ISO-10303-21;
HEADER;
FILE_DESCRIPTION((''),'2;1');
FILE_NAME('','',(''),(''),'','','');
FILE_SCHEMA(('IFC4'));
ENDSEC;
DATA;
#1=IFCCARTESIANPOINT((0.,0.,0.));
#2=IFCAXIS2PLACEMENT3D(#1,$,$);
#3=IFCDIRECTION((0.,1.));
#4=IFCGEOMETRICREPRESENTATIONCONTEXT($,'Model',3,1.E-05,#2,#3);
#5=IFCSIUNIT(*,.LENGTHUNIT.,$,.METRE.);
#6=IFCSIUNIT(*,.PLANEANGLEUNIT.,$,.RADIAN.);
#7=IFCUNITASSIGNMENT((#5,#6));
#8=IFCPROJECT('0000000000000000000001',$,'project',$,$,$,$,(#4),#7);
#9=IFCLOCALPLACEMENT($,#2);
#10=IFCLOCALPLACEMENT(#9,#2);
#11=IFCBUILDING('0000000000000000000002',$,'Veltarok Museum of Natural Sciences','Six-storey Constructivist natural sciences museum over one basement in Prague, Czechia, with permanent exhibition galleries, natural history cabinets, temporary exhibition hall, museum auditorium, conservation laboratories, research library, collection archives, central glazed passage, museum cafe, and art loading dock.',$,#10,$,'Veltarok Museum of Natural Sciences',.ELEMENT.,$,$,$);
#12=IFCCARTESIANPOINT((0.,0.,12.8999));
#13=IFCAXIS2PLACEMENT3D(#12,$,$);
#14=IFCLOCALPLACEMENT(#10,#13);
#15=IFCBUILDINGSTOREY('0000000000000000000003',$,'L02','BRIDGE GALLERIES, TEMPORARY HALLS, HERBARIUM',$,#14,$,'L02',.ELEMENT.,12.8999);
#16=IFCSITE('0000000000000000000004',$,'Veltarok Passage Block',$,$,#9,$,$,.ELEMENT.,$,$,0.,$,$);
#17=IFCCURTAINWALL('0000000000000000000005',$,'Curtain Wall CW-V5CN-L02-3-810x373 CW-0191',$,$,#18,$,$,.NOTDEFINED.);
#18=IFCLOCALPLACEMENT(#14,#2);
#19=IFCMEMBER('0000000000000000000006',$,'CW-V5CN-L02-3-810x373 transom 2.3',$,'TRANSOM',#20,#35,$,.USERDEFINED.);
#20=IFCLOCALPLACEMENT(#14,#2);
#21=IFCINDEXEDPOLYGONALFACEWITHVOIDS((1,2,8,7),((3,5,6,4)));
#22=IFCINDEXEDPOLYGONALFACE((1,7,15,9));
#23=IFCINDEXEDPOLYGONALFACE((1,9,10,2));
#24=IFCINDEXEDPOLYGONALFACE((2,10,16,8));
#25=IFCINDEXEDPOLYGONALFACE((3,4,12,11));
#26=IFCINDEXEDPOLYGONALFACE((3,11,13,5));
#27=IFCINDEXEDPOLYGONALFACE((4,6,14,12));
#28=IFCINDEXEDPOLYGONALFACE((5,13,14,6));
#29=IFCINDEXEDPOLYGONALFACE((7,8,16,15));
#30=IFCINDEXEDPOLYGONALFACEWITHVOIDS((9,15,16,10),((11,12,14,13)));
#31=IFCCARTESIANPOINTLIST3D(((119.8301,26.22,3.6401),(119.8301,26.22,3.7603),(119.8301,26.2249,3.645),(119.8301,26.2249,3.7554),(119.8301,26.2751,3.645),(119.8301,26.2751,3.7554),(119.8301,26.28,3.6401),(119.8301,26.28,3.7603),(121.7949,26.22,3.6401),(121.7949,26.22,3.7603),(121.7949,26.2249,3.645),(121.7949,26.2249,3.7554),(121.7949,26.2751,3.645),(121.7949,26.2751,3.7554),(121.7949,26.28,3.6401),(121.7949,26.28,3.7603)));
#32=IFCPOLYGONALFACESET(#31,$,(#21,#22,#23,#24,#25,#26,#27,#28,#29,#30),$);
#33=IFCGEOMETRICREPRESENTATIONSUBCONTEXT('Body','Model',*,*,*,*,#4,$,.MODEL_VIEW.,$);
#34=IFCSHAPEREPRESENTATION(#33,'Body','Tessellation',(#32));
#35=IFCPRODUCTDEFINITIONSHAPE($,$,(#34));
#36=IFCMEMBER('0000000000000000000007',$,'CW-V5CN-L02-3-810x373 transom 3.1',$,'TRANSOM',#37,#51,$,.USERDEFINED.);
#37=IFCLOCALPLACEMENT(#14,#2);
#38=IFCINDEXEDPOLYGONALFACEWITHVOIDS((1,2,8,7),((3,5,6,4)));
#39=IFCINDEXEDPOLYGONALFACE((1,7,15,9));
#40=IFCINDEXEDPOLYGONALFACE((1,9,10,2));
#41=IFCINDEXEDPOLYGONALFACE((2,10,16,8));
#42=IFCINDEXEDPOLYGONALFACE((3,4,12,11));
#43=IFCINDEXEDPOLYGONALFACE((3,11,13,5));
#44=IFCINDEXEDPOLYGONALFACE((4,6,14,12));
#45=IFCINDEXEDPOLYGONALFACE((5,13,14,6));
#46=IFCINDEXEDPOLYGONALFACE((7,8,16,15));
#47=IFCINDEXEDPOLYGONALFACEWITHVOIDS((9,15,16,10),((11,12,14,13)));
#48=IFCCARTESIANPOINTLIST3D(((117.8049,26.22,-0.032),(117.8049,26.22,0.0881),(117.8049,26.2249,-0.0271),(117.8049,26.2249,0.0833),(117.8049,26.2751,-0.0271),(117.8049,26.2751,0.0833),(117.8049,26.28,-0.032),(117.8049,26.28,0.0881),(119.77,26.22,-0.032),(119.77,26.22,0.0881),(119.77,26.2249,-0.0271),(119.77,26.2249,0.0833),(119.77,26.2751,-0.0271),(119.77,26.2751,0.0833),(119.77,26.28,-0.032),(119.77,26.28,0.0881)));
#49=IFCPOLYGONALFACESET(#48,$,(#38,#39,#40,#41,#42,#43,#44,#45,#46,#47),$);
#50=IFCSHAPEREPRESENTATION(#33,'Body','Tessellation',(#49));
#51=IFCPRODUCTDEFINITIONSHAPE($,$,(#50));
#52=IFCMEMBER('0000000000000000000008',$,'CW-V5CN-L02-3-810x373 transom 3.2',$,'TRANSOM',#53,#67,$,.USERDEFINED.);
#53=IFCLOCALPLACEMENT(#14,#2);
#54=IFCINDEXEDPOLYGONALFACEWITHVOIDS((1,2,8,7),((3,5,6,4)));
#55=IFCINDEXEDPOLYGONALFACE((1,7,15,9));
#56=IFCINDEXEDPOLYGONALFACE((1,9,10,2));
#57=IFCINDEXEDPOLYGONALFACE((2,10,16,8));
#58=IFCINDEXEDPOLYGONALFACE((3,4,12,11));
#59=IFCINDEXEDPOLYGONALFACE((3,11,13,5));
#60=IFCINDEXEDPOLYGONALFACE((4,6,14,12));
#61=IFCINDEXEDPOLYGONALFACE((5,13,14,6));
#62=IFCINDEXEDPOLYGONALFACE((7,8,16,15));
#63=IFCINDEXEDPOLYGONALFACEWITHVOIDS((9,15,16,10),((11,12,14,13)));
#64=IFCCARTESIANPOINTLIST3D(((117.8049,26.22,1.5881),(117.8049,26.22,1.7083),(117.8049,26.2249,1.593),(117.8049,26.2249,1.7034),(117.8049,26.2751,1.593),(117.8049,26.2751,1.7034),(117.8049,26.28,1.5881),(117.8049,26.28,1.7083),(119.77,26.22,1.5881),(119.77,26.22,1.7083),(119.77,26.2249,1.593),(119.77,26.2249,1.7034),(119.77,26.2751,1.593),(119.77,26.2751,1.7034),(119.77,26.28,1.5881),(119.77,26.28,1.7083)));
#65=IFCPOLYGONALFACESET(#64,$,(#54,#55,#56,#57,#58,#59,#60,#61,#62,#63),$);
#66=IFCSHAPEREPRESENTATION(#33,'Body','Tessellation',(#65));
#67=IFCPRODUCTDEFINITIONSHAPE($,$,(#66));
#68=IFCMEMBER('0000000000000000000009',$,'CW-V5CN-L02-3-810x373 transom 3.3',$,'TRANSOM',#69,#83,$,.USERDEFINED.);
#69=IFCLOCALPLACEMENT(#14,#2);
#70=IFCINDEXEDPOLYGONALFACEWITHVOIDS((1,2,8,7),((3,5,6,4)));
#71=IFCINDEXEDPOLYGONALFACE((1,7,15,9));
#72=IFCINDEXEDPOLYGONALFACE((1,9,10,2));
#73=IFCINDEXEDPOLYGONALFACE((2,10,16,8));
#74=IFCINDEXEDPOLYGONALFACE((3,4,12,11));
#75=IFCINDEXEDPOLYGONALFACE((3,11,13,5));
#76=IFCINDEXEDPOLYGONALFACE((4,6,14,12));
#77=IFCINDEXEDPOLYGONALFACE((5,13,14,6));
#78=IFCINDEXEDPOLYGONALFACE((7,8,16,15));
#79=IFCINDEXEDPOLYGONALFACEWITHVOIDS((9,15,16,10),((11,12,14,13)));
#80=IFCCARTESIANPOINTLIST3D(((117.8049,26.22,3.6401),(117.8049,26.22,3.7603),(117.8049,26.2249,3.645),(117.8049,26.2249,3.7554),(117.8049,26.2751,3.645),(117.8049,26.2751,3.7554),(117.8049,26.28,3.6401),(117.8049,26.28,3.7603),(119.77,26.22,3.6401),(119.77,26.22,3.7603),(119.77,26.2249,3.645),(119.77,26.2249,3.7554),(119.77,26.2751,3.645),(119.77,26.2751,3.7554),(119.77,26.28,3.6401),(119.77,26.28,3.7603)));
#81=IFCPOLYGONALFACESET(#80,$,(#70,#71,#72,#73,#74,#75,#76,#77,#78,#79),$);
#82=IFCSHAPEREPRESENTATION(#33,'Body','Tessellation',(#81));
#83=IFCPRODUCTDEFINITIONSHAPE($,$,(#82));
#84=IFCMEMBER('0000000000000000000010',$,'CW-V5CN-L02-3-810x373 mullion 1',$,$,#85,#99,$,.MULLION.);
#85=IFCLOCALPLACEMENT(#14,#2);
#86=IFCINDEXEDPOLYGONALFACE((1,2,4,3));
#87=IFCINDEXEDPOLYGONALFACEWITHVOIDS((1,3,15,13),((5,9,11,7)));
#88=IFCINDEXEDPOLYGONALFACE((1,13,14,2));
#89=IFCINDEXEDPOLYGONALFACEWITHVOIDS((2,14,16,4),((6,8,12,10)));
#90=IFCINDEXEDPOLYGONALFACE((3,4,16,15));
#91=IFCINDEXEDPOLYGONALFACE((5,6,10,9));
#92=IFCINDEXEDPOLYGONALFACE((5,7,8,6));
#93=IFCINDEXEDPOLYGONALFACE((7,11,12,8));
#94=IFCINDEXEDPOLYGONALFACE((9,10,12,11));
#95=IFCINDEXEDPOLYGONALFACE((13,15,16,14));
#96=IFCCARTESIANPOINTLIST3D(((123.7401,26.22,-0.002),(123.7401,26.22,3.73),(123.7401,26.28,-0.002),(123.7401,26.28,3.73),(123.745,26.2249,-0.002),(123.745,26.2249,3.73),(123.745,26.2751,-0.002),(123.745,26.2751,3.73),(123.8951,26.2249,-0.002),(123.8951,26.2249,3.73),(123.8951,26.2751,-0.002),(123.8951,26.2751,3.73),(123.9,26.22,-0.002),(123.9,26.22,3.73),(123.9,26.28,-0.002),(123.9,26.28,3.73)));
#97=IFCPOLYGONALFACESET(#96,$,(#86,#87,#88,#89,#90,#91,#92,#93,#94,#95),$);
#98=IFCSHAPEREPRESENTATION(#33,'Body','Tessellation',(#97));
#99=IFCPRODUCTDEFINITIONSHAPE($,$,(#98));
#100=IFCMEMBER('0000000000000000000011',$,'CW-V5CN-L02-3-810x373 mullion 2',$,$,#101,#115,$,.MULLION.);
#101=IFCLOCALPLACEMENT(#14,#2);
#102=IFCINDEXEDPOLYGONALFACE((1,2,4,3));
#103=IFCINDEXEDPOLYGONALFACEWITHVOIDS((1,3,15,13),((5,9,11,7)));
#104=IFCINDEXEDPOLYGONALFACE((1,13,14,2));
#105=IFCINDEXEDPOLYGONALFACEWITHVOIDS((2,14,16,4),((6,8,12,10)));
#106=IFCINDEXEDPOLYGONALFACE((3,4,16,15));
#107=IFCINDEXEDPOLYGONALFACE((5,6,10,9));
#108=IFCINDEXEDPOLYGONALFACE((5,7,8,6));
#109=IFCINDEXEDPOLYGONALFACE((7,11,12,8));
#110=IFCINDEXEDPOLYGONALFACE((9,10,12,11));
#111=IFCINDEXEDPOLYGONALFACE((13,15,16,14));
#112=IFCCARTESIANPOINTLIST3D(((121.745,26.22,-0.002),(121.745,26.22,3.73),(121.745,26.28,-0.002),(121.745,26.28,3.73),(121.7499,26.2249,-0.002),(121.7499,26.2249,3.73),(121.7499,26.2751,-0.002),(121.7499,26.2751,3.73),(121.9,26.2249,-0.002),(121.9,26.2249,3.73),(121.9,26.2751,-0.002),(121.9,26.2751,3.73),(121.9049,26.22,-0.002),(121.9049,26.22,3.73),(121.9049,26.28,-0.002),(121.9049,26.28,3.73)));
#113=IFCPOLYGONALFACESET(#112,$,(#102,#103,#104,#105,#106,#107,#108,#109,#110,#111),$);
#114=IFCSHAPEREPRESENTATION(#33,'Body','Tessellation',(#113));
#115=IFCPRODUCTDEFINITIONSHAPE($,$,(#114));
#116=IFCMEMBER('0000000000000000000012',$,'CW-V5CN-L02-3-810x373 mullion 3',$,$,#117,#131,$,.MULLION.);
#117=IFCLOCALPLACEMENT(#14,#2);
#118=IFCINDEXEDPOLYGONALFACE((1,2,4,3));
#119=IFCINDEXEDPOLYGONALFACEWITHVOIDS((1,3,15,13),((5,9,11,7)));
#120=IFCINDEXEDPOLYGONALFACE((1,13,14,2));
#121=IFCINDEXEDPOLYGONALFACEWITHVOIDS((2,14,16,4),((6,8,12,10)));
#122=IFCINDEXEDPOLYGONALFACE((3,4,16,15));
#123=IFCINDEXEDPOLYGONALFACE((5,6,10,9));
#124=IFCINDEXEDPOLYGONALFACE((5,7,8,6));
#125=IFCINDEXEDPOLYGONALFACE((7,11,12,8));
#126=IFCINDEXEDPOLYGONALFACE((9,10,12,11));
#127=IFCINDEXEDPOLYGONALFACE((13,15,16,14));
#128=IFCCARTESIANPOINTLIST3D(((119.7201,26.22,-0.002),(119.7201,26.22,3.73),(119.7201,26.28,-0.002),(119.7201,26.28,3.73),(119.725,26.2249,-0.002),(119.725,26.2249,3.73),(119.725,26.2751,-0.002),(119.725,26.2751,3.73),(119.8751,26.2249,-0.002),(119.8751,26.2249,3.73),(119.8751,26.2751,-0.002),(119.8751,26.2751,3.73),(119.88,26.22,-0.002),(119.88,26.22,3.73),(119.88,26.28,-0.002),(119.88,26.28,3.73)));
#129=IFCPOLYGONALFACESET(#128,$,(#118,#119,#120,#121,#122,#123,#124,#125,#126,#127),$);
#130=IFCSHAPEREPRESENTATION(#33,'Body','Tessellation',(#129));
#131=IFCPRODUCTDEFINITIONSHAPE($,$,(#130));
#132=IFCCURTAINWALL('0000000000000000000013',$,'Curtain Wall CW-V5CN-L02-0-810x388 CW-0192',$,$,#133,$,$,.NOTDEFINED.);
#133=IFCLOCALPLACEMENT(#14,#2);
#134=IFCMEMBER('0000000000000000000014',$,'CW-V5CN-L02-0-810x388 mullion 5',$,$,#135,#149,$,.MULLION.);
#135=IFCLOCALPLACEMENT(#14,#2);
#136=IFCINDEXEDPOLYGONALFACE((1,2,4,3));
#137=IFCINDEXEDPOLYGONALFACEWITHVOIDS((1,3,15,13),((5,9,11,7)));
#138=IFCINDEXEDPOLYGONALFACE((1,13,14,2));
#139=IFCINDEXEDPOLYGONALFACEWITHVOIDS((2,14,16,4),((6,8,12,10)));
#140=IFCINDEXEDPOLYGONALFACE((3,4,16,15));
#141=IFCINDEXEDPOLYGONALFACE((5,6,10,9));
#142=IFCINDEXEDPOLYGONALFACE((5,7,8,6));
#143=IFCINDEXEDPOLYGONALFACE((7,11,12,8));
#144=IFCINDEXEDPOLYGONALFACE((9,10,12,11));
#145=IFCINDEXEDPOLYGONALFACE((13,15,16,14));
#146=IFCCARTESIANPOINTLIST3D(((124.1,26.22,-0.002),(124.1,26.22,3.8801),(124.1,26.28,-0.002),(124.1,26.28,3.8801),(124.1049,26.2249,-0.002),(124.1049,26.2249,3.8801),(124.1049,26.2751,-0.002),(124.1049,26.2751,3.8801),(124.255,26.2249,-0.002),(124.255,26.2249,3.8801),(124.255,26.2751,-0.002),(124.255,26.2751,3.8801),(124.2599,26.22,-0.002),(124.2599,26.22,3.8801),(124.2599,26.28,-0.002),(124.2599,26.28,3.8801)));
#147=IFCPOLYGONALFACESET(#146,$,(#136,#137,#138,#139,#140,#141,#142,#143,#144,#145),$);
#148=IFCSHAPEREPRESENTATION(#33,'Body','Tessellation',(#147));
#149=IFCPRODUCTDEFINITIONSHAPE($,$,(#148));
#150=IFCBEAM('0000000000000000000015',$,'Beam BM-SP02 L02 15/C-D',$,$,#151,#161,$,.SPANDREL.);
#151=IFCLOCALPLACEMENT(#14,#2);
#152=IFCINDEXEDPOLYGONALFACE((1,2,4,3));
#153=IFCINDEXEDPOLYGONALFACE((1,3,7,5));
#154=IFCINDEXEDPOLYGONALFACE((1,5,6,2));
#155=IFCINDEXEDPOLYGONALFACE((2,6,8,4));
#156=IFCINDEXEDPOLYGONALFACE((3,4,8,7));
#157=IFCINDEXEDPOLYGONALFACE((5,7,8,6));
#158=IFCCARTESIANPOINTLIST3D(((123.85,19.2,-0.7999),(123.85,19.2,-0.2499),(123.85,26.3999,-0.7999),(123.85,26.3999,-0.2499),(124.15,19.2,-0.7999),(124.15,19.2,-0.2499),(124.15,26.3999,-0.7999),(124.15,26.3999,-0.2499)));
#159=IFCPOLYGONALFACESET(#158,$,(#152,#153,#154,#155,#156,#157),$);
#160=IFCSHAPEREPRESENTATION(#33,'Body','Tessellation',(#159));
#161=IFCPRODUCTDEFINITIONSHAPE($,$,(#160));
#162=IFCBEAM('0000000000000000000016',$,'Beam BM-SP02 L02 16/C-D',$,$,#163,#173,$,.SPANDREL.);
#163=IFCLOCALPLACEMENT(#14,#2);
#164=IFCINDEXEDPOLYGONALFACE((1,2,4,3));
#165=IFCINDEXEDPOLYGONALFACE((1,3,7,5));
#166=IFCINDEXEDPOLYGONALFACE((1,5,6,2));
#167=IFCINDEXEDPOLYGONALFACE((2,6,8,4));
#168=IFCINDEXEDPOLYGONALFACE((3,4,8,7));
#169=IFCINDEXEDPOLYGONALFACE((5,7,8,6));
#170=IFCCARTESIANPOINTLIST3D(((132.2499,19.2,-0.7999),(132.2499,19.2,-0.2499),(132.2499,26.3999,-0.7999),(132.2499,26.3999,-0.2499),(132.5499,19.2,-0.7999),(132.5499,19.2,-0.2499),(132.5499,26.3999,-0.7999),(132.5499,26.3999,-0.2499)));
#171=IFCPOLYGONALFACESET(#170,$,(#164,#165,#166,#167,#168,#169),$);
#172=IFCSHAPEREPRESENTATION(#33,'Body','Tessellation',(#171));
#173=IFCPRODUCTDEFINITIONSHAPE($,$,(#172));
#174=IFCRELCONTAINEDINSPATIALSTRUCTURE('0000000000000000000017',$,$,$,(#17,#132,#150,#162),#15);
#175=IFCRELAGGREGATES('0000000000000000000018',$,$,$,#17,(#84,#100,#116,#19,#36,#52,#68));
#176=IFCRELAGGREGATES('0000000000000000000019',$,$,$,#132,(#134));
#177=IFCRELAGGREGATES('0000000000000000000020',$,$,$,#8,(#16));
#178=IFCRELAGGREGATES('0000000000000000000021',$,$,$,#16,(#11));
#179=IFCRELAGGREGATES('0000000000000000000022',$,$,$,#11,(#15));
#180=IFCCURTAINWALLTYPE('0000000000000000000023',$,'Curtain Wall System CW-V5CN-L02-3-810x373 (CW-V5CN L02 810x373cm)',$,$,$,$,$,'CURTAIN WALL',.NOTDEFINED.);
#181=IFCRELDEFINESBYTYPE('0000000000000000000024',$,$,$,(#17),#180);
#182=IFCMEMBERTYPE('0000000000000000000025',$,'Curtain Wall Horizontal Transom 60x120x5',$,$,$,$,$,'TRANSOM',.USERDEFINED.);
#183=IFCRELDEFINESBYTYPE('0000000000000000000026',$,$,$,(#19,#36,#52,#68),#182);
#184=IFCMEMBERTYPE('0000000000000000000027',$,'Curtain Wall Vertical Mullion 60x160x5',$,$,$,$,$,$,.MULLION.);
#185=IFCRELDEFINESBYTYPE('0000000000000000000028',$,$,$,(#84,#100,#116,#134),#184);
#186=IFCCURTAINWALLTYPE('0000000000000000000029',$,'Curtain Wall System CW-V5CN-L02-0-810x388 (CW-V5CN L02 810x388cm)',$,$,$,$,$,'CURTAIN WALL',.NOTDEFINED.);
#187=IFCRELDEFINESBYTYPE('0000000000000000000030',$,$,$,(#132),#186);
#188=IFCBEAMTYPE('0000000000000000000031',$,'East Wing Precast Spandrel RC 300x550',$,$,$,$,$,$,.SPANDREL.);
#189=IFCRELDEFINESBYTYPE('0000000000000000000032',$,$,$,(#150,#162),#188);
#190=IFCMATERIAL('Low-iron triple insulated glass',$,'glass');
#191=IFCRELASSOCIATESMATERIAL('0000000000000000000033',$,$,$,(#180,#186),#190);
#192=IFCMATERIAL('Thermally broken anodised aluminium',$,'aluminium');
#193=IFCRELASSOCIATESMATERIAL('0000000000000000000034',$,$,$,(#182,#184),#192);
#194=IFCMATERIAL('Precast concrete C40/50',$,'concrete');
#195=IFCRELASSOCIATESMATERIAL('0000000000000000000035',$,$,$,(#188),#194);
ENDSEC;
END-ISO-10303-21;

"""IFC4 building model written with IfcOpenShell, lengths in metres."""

from ifc_helpers import new_model, si_unit, direction, frame, origin, origin_2d, place, context, subcontext, project, spatial, rectangle, hollow_rectangle, extrude, material, material_profile, profile_set, type_object, element, aggregate, save


model = new_model("IFC4")

# Units and contexts
model_context = context("Model", 3, precision=1e-05, world=origin(), true_north=direction((0.0, 1.0)))
body_context = subcontext(model_context, "Body", "Model", "MODEL_VIEW")
ifc_project = project(units=[si_unit("LENGTHUNIT", "METRE"), si_unit("PLANEANGLEUNIT", "RADIAN")], contexts=[model_context])

# Site, building, storey
site_placement = place(None, origin())
site = spatial("IfcSite", under=ifc_project, at=site_placement, Name="Veltarok Passage Block", CompositionType="ELEMENT", RefElevation=0.0)
building_placement = place(site_placement, origin())
building = spatial("IfcBuilding", under=site, at=building_placement, Name="Veltarok Museum of Natural Sciences", Description="Six-storey Constructivist natural sciences museum over one basement in Prague, Czechia, with permanent exhibition galleries, natural history cabinets, temporary exhibition hall, museum auditorium, conservation laboratories, research library, collection archives, central glazed passage, museum cafe, and art loading dock.", LongName="Veltarok Museum of Natural Sciences", CompositionType="ELEMENT")
storey_placement = place(building_placement, frame((0.0, 0.0, 12.8999)))
storey = spatial("IfcBuildingStorey", under=building, at=storey_placement, Name="L02", Description="BRIDGE GALLERIES, TEMPORARY HALLS, HERBARIUM", LongName="L02", CompositionType="ELEMENT", Elevation=12.8999)

# Curtain wall, members
ifc_material_1 = material(Name="Low-iron triple insulated glass", Category="glass")
curtain_wall_type_1 = type_object("IfcCurtainWallType", Name="Curtain Wall System CW-V5CN-L02-3-810x373 (CW-V5CN L02 810x373cm)", ElementType="CURTAIN WALL", PredefinedType="NOTDEFINED", material=ifc_material_1)
curtain_wall_1_placement = place(storey_placement, origin())
curtain_wall_1 = element("IfcCurtainWall", 1, at=curtain_wall_1_placement, inside=storey, type_object=curtain_wall_type_1, Name="Curtain Wall CW-V5CN-L02-3-810x373 CW-0191", PredefinedType="NOTDEFINED")
ifc_material_2 = material(Name="Thermally broken anodised aluminium", Category="aluminium")
ifc_material_profile_1 = material_profile(ifc_material_2, hollow_rectangle(XDim=0.0601, YDim=0.1201, WallThickness=0.0049, at=origin_2d()), Name="CW TRANSOM 60x120x5")
ifc_profile_set_1 = profile_set([ifc_material_profile_1], Name="Thermally broken anodised aluminium")
member_type_1 = type_object("IfcMemberType", Name="Curtain Wall Horizontal Transom 60x120x5", ElementType="TRANSOM", PredefinedType="USERDEFINED", material=ifc_profile_set_1)
member_1_placement = place(storey_placement, frame((121.7949, 26.25, 3.7002), z_axis=(-1.0, 0.0, 0.0), x_axis=(0.0, -1.0, 0.0)))
member_1 = element("IfcMember", 2, at=member_1_placement, type_object=member_type_1, Name="CW-V5CN-L02-3-810x373 transom 2.3", ObjectType="TRANSOM", PredefinedType="USERDEFINED", context=body_context, shape_type="SweptSolid", body=[
    extrude(hollow_rectangle(XDim=0.0601, YDim=0.1201, WallThickness=0.0049, at=origin_2d()), origin(), (0.0, 0.0, 1.0), 1.9648),
])
member_2_placement = place(storey_placement, frame((119.77, 26.25, 0.0281), z_axis=(-1.0, 0.0, 0.0), x_axis=(0.0, -1.0, 0.0)))
member_2 = element("IfcMember", 3, at=member_2_placement, type_object=member_type_1, Name="CW-V5CN-L02-3-810x373 transom 3.1", ObjectType="TRANSOM", PredefinedType="USERDEFINED", context=body_context, shape_type="SweptSolid", body=[
    extrude(hollow_rectangle(XDim=0.0601, YDim=0.1201, WallThickness=0.0049, at=origin_2d()), origin(), (0.0, 0.0, 1.0), 1.9651),
])
member_3_placement = place(storey_placement, frame((119.77, 26.25, 1.6482), z_axis=(-1.0, 0.0, 0.0), x_axis=(0.0, -1.0, 0.0)))
member_3 = element("IfcMember", 4, at=member_3_placement, type_object=member_type_1, Name="CW-V5CN-L02-3-810x373 transom 3.2", ObjectType="TRANSOM", PredefinedType="USERDEFINED", context=body_context, shape_type="SweptSolid", body=[
    extrude(hollow_rectangle(XDim=0.0601, YDim=0.1201, WallThickness=0.0049, at=origin_2d()), origin(), (0.0, 0.0, 1.0), 1.9651),
])
member_4_placement = place(storey_placement, frame((119.77, 26.25, 3.7002), z_axis=(-1.0, 0.0, 0.0), x_axis=(0.0, -1.0, 0.0)))
member_4 = element("IfcMember", 5, at=member_4_placement, type_object=member_type_1, Name="CW-V5CN-L02-3-810x373 transom 3.3", ObjectType="TRANSOM", PredefinedType="USERDEFINED", context=body_context, shape_type="SweptSolid", body=[
    extrude(hollow_rectangle(XDim=0.0601, YDim=0.1201, WallThickness=0.0049, at=origin_2d()), origin(), (0.0, 0.0, 1.0), 1.9651),
])
ifc_material_profile_2 = material_profile(ifc_material_2, hollow_rectangle(XDim=0.0601, YDim=0.1599, WallThickness=0.0049, at=origin_2d()), Name="CW MULLION 60x160x5")
ifc_profile_set_2 = profile_set([ifc_material_profile_2], Name="Thermally broken anodised aluminium")
member_type_2 = type_object("IfcMemberType", Name="Curtain Wall Vertical Mullion 60x160x5", PredefinedType="MULLION", material=ifc_profile_set_2)
member_5_placement = place(storey_placement, frame((123.8201, 26.25, -0.002), z_axis=(0.0, 0.0, 1.0), x_axis=(0.0, -1.0, 0.0)))
member_5 = element("IfcMember", 6, at=member_5_placement, type_object=member_type_2, Name="CW-V5CN-L02-3-810x373 mullion 1", PredefinedType="MULLION", context=body_context, shape_type="SweptSolid", body=[
    extrude(hollow_rectangle(XDim=0.0601, YDim=0.1599, WallThickness=0.0049, at=origin_2d()), origin(), (0.0, 0.0, 1.0), 3.7319),
])
member_6_placement = place(storey_placement, frame((121.825, 26.25, -0.002), z_axis=(0.0, 0.0, 1.0), x_axis=(0.0, -1.0, 0.0)))
member_6 = element("IfcMember", 7, at=member_6_placement, type_object=member_type_2, Name="CW-V5CN-L02-3-810x373 mullion 2", PredefinedType="MULLION", context=body_context, shape_type="SweptSolid", body=[
    extrude(hollow_rectangle(XDim=0.0601, YDim=0.1599, WallThickness=0.0049, at=origin_2d()), origin(), (0.0, 0.0, 1.0), 3.7319),
])
member_7_placement = place(storey_placement, frame((119.8, 26.25, -0.002), z_axis=(0.0, 0.0, 1.0), x_axis=(0.0, -1.0, 0.0)))
member_7 = element("IfcMember", 8, at=member_7_placement, type_object=member_type_2, Name="CW-V5CN-L02-3-810x373 mullion 3", PredefinedType="MULLION", context=body_context, shape_type="SweptSolid", body=[
    extrude(hollow_rectangle(XDim=0.0601, YDim=0.1599, WallThickness=0.0049, at=origin_2d()), origin(), (0.0, 0.0, 1.0), 3.7319),
])

# Curtain wall, member
curtain_wall_type_2 = type_object("IfcCurtainWallType", Name="Curtain Wall System CW-V5CN-L02-0-810x388 (CW-V5CN L02 810x388cm)", ElementType="CURTAIN WALL", PredefinedType="NOTDEFINED", material=ifc_material_1)
curtain_wall_2_placement = place(storey_placement, origin())
curtain_wall_2 = element("IfcCurtainWall", 9, at=curtain_wall_2_placement, inside=storey, type_object=curtain_wall_type_2, Name="Curtain Wall CW-V5CN-L02-0-810x388 CW-0192", PredefinedType="NOTDEFINED")
member_8_placement = place(storey_placement, frame((124.1799, 26.25, -0.002), z_axis=(0.0, 0.0, 1.0), x_axis=(0.0, -1.0, 0.0)))
member_8 = element("IfcMember", 10, at=member_8_placement, type_object=member_type_2, Name="CW-V5CN-L02-0-810x388 mullion 5", PredefinedType="MULLION", context=body_context, shape_type="SweptSolid", body=[
    extrude(hollow_rectangle(XDim=0.0601, YDim=0.1599, WallThickness=0.0049, at=origin_2d()), origin(), (0.0, 0.0, 1.0), 3.8821),
])

# Beams
ifc_material_3 = material(Name="Precast concrete C40/50", Category="concrete")
ifc_material_profile_3 = material_profile(ifc_material_3, rectangle(XDim=0.3, YDim=0.55, at=origin_2d()), Name="RC 300x550")
ifc_profile_set_3 = profile_set([ifc_material_profile_3], Name="Precast concrete C40/50")
beam_type_1 = type_object("IfcBeamType", Name="East Wing Precast Spandrel RC 300x550", PredefinedType="SPANDREL", material=ifc_profile_set_3)
for number, where, z_axis, x_axis, name in (
    (11, (124.0, 19.2, -0.5249), (0.0, 1.0, 0.0), (-1.0, 0.0, 0.0), "Beam BM-SP02 L02 15/C-D"),
    (12, (132.3999, 19.2, -0.5249), (0.0, 1.0, 0.0), (-1.0, 0.0, 0.0), "Beam BM-SP02 L02 16/C-D"),
):
    element("IfcBeam", number, at=place(storey_placement, frame(where, z_axis=z_axis, x_axis=x_axis)), inside=storey, type_object=beam_type_1, Name=name, PredefinedType="SPANDREL", context=body_context, shape_type="SweptSolid", body=[
        extrude(rectangle(XDim=0.3, YDim=0.55, at=origin_2d()), origin(), (0.0, 0.0, 1.0), 7.2),
    ])

aggregate(curtain_wall_1, [member_5, member_6, member_7, member_1, member_2, member_3, member_4])
aggregate(curtain_wall_2, [member_8])

save(model, "model.ifc")
